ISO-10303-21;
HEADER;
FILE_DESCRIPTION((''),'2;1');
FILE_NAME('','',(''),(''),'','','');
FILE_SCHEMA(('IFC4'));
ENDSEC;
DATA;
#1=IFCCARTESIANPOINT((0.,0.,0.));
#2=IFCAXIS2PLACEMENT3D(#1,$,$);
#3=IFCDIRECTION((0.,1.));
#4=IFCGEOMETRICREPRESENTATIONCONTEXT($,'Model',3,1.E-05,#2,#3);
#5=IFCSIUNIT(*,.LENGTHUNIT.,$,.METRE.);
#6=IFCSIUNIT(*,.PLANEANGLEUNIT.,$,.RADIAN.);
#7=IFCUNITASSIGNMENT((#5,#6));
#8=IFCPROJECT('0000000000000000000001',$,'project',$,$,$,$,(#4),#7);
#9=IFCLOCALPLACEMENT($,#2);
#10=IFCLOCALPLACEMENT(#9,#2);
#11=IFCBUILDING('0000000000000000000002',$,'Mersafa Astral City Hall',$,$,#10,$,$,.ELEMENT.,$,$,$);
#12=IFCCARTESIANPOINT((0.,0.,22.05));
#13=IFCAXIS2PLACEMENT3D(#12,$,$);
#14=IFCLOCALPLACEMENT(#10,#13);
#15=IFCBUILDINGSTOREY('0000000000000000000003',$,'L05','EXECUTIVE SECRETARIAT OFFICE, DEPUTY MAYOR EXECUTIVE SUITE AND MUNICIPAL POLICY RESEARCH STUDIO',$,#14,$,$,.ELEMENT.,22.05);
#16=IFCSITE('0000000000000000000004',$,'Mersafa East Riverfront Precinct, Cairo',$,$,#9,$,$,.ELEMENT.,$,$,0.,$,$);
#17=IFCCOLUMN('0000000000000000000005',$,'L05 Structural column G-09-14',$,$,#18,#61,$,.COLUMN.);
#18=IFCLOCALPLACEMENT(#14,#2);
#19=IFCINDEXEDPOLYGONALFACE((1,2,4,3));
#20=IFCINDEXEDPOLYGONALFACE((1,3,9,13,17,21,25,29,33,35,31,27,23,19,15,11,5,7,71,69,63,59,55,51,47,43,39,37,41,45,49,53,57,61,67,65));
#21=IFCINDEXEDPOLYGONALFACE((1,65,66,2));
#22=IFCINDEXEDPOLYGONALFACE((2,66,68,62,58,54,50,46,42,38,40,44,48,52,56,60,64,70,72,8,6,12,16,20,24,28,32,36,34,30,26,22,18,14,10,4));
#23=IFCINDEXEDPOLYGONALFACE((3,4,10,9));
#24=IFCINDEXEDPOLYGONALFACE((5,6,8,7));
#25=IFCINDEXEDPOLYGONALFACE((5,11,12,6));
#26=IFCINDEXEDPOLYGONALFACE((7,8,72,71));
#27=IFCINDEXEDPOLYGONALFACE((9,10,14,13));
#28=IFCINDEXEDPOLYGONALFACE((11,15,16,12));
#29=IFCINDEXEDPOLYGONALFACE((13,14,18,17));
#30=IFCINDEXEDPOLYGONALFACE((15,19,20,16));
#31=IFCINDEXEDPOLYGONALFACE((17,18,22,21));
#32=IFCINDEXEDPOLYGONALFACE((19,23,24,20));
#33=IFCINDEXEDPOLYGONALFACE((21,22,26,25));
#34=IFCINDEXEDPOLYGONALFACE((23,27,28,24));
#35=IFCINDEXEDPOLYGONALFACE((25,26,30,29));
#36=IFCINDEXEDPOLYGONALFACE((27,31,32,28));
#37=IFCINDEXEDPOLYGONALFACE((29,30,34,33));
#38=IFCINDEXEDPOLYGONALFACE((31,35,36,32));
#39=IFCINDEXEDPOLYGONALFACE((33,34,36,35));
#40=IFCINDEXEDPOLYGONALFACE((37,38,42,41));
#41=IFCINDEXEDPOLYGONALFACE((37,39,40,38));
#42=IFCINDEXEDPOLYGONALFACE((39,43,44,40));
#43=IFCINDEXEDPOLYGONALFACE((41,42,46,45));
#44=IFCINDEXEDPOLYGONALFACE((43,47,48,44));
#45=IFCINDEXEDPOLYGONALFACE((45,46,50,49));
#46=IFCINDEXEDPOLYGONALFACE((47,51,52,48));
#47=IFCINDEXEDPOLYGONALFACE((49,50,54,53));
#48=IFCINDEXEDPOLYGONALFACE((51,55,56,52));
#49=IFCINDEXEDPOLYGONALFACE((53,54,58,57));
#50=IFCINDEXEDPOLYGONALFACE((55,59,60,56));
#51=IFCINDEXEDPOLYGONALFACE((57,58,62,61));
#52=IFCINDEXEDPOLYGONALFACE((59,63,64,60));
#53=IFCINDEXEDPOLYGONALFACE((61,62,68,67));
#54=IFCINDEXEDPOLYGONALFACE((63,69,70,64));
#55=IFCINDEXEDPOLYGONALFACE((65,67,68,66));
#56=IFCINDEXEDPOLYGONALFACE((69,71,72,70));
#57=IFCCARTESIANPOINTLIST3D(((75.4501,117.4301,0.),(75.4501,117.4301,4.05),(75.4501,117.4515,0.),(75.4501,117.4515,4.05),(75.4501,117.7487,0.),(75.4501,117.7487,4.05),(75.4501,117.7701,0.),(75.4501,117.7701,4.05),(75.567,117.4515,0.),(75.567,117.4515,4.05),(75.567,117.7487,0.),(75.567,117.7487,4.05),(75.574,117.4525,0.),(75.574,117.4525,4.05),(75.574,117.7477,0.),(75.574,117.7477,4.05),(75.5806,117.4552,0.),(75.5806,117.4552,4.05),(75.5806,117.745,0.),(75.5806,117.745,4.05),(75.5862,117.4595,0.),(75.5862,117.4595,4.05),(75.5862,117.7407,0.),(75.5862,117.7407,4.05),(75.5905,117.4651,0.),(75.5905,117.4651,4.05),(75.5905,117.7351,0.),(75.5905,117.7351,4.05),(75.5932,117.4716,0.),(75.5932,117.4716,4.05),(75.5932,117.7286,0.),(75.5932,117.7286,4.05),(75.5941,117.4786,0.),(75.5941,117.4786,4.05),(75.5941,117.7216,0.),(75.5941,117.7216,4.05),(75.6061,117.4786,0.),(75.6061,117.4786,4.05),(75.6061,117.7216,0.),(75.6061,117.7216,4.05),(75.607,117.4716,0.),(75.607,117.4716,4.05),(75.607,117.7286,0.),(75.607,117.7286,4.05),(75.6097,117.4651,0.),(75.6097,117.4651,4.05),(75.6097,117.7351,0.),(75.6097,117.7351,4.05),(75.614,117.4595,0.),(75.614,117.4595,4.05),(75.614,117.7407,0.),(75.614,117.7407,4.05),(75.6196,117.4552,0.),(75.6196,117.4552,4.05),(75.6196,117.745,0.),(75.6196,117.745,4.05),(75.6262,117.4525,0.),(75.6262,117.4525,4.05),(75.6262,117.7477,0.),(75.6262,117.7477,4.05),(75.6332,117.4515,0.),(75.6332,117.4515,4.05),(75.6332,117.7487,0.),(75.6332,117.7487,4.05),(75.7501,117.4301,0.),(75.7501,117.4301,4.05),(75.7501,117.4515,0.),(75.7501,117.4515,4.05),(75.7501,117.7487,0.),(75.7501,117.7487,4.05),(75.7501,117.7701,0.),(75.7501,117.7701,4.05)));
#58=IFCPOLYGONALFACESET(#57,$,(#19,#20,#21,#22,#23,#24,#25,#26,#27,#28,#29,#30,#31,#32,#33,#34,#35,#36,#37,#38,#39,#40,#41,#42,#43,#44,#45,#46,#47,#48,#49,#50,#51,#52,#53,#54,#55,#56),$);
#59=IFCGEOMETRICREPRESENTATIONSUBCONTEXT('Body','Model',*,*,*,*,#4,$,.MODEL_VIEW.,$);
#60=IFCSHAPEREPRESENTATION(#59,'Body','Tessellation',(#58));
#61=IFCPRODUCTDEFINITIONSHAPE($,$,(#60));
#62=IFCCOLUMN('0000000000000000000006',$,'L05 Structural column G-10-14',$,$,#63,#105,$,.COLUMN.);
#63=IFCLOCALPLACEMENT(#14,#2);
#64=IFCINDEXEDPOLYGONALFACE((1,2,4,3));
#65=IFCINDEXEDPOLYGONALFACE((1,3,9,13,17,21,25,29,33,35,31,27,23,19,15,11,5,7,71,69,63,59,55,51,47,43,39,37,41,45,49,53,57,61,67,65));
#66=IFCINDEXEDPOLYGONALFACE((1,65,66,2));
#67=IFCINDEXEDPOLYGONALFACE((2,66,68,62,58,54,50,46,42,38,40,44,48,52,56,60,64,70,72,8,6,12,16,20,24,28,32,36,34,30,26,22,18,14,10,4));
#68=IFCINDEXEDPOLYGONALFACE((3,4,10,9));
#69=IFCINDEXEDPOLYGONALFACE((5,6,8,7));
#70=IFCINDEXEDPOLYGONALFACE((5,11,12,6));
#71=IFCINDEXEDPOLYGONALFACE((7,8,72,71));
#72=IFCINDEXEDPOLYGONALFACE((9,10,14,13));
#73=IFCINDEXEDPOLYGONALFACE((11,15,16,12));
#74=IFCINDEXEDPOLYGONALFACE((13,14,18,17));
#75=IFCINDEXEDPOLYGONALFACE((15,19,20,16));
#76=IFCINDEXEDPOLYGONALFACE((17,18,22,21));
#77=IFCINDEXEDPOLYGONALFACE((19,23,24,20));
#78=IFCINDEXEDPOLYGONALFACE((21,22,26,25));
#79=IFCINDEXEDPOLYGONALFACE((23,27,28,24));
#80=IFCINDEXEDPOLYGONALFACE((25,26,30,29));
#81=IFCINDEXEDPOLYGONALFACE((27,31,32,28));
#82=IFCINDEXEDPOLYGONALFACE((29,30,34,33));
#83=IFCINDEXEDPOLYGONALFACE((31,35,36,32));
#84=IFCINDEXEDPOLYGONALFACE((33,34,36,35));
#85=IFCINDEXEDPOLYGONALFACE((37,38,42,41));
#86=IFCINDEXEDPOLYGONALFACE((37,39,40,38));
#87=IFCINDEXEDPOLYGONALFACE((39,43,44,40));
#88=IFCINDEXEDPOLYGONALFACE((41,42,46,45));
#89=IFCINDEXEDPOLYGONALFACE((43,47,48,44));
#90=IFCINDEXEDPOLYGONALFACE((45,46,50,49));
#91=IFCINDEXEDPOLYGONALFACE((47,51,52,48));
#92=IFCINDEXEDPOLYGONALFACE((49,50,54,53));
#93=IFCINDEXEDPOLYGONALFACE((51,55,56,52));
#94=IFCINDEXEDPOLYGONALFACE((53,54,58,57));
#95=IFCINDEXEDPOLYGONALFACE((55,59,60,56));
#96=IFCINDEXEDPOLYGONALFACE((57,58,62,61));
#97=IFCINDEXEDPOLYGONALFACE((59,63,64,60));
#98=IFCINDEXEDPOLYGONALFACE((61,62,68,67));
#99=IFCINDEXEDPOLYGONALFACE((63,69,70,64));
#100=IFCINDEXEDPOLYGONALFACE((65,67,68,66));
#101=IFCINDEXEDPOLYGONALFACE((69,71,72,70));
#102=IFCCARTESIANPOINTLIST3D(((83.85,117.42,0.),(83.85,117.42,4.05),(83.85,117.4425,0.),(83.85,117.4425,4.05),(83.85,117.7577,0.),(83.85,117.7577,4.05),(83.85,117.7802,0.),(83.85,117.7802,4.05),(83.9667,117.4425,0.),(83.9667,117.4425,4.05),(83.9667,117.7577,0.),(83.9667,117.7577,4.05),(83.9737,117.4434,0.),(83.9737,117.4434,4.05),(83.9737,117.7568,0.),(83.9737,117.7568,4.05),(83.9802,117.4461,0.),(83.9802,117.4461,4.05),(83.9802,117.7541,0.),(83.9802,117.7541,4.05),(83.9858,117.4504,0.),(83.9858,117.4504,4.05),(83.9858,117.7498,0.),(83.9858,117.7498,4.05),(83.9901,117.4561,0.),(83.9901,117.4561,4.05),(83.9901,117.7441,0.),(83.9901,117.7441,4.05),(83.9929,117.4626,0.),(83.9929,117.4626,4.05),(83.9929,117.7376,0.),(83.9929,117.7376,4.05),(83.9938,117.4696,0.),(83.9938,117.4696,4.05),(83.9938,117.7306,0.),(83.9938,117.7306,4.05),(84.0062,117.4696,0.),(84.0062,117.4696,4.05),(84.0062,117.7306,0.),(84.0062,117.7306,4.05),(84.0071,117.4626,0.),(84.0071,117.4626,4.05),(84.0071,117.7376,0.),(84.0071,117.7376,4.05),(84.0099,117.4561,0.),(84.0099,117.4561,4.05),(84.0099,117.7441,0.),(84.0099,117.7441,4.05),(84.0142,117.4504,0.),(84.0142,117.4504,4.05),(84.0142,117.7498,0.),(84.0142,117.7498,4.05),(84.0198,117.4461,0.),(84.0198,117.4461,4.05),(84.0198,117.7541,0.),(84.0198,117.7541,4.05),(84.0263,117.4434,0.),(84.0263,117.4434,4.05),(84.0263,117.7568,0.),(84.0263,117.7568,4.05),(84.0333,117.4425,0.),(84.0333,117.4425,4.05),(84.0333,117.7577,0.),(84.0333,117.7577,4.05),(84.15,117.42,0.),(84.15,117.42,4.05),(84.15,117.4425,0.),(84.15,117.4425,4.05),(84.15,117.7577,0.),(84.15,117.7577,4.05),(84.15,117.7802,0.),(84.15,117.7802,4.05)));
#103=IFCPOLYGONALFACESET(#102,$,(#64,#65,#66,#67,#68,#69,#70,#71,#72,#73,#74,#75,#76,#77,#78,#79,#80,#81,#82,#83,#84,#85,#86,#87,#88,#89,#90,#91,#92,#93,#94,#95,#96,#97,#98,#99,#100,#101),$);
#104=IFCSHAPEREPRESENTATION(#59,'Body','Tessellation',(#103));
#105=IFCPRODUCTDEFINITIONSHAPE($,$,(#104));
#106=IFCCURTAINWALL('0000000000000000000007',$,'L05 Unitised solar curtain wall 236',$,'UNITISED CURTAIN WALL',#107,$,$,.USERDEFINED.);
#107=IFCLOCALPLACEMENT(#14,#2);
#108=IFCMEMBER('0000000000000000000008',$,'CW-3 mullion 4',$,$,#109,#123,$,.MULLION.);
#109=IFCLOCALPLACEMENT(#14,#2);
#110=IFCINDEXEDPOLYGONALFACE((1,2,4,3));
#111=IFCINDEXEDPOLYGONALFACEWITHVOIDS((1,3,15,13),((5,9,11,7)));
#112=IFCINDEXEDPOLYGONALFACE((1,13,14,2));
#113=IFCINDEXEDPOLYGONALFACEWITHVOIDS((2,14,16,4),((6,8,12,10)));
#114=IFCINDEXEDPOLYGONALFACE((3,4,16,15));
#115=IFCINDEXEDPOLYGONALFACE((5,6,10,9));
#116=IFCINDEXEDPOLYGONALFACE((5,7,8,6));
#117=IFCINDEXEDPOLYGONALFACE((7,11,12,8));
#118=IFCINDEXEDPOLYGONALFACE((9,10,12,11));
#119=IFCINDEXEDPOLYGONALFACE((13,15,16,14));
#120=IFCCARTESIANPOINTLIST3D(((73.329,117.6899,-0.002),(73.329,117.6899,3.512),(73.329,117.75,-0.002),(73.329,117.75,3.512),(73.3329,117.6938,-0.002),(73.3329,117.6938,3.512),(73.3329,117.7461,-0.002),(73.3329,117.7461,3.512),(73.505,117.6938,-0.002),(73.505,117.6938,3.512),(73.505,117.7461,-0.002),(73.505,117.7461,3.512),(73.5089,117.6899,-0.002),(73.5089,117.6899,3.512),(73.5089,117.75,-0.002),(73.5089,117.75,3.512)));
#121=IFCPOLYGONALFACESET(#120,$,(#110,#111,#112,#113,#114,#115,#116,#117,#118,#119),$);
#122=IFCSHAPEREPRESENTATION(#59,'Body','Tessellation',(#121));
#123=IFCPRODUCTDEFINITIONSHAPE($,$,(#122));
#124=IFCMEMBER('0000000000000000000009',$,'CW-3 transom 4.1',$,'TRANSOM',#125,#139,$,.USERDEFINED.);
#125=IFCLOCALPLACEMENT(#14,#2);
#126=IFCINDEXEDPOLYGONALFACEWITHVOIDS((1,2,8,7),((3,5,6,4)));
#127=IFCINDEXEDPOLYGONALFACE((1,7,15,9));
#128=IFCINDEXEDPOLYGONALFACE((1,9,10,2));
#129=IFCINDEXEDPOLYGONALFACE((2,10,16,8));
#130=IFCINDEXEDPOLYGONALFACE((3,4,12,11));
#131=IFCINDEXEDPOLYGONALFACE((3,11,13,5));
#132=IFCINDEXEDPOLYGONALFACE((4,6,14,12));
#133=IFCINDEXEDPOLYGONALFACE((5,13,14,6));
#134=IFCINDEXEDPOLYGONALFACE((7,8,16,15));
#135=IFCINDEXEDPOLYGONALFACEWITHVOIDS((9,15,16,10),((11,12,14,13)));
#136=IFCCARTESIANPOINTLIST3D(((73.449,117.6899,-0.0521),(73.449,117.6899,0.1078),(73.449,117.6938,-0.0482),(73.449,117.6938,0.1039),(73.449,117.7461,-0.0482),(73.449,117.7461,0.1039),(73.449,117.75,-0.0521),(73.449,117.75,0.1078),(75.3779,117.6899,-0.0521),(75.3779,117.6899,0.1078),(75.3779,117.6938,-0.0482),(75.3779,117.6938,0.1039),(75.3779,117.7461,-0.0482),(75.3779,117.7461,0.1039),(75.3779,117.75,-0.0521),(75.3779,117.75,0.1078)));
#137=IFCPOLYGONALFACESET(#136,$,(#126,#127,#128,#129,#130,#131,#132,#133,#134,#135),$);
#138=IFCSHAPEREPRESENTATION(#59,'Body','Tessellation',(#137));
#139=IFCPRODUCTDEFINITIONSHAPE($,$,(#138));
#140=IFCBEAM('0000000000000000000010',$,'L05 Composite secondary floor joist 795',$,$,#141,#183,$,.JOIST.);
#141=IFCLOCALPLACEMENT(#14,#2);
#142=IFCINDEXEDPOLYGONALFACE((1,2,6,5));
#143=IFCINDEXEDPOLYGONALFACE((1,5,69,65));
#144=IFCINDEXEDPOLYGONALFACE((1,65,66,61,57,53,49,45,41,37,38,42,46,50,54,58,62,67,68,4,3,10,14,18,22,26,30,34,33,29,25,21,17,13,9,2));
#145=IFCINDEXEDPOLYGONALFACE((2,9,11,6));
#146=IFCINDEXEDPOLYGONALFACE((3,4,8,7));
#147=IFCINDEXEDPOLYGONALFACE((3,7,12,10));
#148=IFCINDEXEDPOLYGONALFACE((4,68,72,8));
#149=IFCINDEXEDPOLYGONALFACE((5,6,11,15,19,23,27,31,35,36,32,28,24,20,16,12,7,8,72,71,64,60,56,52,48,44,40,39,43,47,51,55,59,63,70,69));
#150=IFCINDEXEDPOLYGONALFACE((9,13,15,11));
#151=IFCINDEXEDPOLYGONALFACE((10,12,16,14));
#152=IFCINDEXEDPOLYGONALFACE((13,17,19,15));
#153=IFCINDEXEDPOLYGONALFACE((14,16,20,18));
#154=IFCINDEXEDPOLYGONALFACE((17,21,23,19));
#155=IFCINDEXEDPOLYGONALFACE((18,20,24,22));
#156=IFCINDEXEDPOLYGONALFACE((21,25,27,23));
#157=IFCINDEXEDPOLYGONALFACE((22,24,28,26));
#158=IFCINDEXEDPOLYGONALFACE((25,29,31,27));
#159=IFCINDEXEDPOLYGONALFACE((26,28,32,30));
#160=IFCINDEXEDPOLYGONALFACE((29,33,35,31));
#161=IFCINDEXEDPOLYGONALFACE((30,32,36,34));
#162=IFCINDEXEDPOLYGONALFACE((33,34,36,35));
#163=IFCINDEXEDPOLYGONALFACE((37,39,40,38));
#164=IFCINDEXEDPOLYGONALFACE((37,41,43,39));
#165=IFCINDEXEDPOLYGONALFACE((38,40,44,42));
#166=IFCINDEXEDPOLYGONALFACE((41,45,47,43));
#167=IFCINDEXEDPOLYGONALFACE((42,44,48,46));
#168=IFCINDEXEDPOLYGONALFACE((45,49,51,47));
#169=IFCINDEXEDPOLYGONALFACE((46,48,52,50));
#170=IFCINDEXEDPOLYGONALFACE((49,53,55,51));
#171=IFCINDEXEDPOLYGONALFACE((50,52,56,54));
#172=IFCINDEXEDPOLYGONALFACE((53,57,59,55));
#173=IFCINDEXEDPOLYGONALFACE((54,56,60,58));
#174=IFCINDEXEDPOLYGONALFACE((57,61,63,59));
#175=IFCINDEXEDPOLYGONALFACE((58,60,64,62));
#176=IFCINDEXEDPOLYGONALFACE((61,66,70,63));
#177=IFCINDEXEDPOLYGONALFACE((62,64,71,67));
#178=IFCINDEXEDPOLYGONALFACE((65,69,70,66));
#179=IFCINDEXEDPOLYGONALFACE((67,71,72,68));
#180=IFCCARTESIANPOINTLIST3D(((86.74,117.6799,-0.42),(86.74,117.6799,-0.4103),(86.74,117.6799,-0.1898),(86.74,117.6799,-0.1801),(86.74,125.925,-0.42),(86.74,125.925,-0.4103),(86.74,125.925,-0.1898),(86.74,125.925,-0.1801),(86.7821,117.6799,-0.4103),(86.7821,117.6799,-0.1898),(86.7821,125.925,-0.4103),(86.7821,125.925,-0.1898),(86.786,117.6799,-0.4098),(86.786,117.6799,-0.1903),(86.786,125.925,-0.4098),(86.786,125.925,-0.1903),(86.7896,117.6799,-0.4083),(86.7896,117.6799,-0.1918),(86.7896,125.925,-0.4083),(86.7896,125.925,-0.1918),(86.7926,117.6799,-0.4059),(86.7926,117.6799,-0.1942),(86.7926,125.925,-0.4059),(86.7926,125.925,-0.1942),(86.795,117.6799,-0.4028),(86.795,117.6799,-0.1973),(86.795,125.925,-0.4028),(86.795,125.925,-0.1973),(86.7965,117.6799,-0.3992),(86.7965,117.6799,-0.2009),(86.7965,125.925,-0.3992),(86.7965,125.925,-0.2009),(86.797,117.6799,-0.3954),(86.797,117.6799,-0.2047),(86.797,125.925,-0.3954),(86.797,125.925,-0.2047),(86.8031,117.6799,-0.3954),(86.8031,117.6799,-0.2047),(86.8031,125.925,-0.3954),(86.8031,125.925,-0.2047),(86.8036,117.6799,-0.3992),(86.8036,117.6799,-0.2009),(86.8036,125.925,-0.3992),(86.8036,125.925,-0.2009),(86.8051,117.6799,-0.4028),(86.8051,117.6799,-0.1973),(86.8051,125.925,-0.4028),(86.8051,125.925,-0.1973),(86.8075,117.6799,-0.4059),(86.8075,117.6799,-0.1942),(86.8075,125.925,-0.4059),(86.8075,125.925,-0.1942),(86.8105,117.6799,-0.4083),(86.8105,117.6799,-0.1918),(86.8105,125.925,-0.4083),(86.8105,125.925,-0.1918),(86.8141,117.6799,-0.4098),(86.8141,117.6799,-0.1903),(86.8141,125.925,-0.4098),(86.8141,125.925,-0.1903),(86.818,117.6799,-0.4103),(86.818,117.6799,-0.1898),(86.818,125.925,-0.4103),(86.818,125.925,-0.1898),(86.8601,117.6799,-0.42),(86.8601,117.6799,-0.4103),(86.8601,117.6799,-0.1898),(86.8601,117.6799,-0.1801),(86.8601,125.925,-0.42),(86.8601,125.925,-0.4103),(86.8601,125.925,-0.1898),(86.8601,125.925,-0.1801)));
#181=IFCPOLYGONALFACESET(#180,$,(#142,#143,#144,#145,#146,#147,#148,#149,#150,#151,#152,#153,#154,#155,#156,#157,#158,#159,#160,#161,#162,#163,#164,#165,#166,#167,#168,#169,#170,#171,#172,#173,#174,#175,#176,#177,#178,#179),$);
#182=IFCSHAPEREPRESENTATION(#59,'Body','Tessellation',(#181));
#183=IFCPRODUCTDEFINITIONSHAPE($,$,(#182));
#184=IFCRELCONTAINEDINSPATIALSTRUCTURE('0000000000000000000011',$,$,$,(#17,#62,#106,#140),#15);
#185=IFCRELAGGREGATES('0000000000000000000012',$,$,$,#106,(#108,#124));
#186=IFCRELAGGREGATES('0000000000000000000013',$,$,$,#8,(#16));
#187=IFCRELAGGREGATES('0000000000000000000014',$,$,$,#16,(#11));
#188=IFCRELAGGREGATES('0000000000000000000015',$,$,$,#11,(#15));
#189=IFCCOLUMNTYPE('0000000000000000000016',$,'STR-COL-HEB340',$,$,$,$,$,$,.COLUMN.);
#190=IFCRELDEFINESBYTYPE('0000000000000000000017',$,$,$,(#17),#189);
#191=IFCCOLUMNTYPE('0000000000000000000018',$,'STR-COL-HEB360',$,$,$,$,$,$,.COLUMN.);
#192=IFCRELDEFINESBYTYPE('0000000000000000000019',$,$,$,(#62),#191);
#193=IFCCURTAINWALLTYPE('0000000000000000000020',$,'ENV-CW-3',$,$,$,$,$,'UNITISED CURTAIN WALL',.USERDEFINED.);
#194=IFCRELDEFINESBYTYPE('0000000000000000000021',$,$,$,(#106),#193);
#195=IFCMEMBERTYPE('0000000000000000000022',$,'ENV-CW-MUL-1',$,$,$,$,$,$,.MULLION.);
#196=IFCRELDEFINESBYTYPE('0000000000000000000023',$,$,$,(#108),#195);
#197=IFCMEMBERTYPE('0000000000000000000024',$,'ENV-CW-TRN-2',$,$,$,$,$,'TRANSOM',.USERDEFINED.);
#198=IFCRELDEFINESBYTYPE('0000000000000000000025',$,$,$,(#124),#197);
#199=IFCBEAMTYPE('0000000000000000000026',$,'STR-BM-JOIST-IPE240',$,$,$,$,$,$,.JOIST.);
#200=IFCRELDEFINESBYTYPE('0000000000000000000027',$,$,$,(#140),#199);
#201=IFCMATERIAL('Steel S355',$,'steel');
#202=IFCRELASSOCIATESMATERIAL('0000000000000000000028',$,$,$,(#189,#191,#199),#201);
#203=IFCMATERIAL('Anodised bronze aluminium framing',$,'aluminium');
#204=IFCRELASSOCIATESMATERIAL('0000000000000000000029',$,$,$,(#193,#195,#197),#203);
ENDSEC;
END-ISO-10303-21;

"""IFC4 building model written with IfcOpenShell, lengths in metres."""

from ifc_helpers import new_model, si_unit, direction, frame, origin, origin_2d, place, context, subcontext, project, spatial, hollow_rectangle, i_section, extrude, material, material_profile, profile_set, type_object, element, aggregate, save


model = new_model("IFC4")

# Units and contexts
model_context = context("Model", 3, precision=1e-05, world=origin(), true_north=direction((0.0, 1.0)))
body_context = subcontext(model_context, "Body", "Model", "MODEL_VIEW")
ifc_project = project(units=[si_unit("LENGTHUNIT", "METRE"), si_unit("PLANEANGLEUNIT", "RADIAN")], contexts=[model_context])

# Site, building, storey
site_placement = place(None, origin())
site = spatial("IfcSite", under=ifc_project, at=site_placement, Name="Mersafa East Riverfront Precinct, Cairo", CompositionType="ELEMENT", RefElevation=0.0)
building_placement = place(site_placement, origin())
building = spatial("IfcBuilding", under=site, at=building_placement, Name="Mersafa Astral City Hall", CompositionType="ELEMENT")
storey_placement = place(building_placement, frame((0.0, 0.0, 22.05)))
storey = spatial("IfcBuildingStorey", under=building, at=storey_placement, Name="L05", Description="EXECUTIVE SECRETARIAT OFFICE, DEPUTY MAYOR EXECUTIVE SUITE AND MUNICIPAL POLICY RESEARCH STUDIO", CompositionType="ELEMENT", Elevation=22.05)

# Columns
ifc_material_1 = material(Name="Steel S355", Category="steel")
ifc_material_profile_1 = material_profile(ifc_material_1, i_section(OverallWidth=0.3, OverallDepth=0.3401, WebThickness=0.012, FlangeThickness=0.0215, FilletRadius=0.0271, at=origin_2d()), Name="HEB 340")
ifc_profile_set_1 = profile_set([ifc_material_profile_1], Name="Steel S355")
column_type_1 = type_object("IfcColumnType", Name="STR-COL-HEB340", PredefinedType="COLUMN", material=ifc_profile_set_1)
column_1_placement = place(storey_placement, frame((75.6001, 117.6001, 0.0), z_axis=(0.0, 0.0, 1.0), x_axis=(1.0, 0.0, 0.0)))
element("IfcColumn", 1, at=column_1_placement, inside=storey, type_object=column_type_1, Name="L05 Structural column G-09-14", PredefinedType="COLUMN", context=body_context, shape_type="SweptSolid", body=[
    extrude(i_section(OverallWidth=0.3, OverallDepth=0.3401, WebThickness=0.012, FlangeThickness=0.0215, FilletRadius=0.0271, at=origin_2d()), origin(), (0.0, 0.0, 1.0), 4.05),
])
ifc_material_profile_2 = material_profile(ifc_material_1, i_section(OverallWidth=0.3, OverallDepth=0.3601, WebThickness=0.0125, FlangeThickness=0.0225, FilletRadius=0.0271, at=origin_2d()), Name="HEB 360")
ifc_profile_set_2 = profile_set([ifc_material_profile_2], Name="Steel S355")
column_type_2 = type_object("IfcColumnType", Name="STR-COL-HEB360", PredefinedType="COLUMN", material=ifc_profile_set_2)
column_2_placement = place(storey_placement, frame((84.0, 117.6001, 0.0), z_axis=(0.0, 0.0, 1.0), x_axis=(1.0, 0.0, 0.0)))
element("IfcColumn", 2, at=column_2_placement, inside=storey, type_object=column_type_2, Name="L05 Structural column G-10-14", PredefinedType="COLUMN", context=body_context, shape_type="SweptSolid", body=[
    extrude(i_section(OverallWidth=0.3, OverallDepth=0.3601, WebThickness=0.0125, FlangeThickness=0.0225, FilletRadius=0.0271, at=origin_2d()), origin(), (0.0, 0.0, 1.0), 4.05),
])

# Curtain wall, members
ifc_material_2 = material(Name="Anodised bronze aluminium framing", Category="aluminium")
curtain_wall_type = type_object("IfcCurtainWallType", Name="ENV-CW-3", ElementType="UNITISED CURTAIN WALL", PredefinedType="USERDEFINED", material=ifc_material_2)
curtain_wall_placement = place(storey_placement, origin())
curtain_wall = element("IfcCurtainWall", 3, at=curtain_wall_placement, inside=storey, type_object=curtain_wall_type, Name="L05 Unitised solar curtain wall 236", ObjectType="UNITISED CURTAIN WALL", PredefinedType="USERDEFINED")
ifc_material_profile_3 = material_profile(ifc_material_2, hollow_rectangle(XDim=0.0601, YDim=0.1799, WallThickness=0.0039, at=origin_2d()), Name="RHS 60x180x4")
ifc_profile_set_3 = profile_set([ifc_material_profile_3], Name="Anodised bronze aluminium framing")
member_type_1 = type_object("IfcMemberType", Name="ENV-CW-MUL-1", PredefinedType="MULLION", material=ifc_profile_set_3)
member_1_placement = place(storey_placement, frame((73.4189, 117.72, -0.002), z_axis=(0.0, 0.0, 1.0), x_axis=(0.0, 1.0, 0.0)))
member_1 = element("IfcMember", 4, at=member_1_placement, type_object=member_type_1, Name="CW-3 mullion 4", PredefinedType="MULLION", context=body_context, shape_type="SweptSolid", body=[
    extrude(hollow_rectangle(XDim=0.0601, YDim=0.1799, WallThickness=0.0039, at=origin_2d()), origin(), (0.0, 0.0, 1.0), 3.5139),
])
ifc_material_profile_4 = material_profile(ifc_material_2, hollow_rectangle(XDim=0.0601, YDim=0.1599, WallThickness=0.0039, at=origin_2d()), Name="RHS 60x160x4")
ifc_profile_set_4 = profile_set([ifc_material_profile_4], Name="Anodised bronze aluminium framing")
member_type_2 = type_object("IfcMemberType", Name="ENV-CW-TRN-2", ElementType="TRANSOM", PredefinedType="USERDEFINED", material=ifc_profile_set_4)
member_2_placement = place(storey_placement, frame((73.449, 117.72, 0.0278), z_axis=(1.0, 0.0, 0.0), x_axis=(0.0, 1.0, 0.0)))
member_2 = element("IfcMember", 5, at=member_2_placement, type_object=member_type_2, Name="CW-3 transom 4.1", ObjectType="TRANSOM", PredefinedType="USERDEFINED", context=body_context, shape_type="SweptSolid", body=[
    extrude(hollow_rectangle(XDim=0.0601, YDim=0.1599, WallThickness=0.0039, at=origin_2d()), origin(), (0.0, 0.0, 1.0), 1.929),
])

# Beam
ifc_material_profile_5 = material_profile(ifc_material_1, i_section(OverallWidth=0.1201, OverallDepth=0.24, WebThickness=0.0061, FlangeThickness=0.0098, FilletRadius=0.0149, at=origin_2d()), Name="IPE 240")
ifc_profile_set_5 = profile_set([ifc_material_profile_5], Name="Steel S355")
beam_type_1 = type_object("IfcBeamType", Name="STR-BM-JOIST-IPE240", PredefinedType="JOIST", material=ifc_profile_set_5)
for number, where, z_axis, x_axis, name in (
    (6, (86.8, 117.6799, -0.3), (0.0, 1.0, 0.0), (-1.0, 0.0, 0.0), "L05 Composite secondary floor joist 795"),
):
    element("IfcBeam", number, at=place(storey_placement, frame(where, z_axis=z_axis, x_axis=x_axis)), inside=storey, type_object=beam_type_1, Name=name, PredefinedType="JOIST", context=body_context, shape_type="SweptSolid", body=[
        extrude(i_section(OverallWidth=0.1201, OverallDepth=0.24, WebThickness=0.0061, FlangeThickness=0.0098, FilletRadius=0.0149, at=origin_2d()), origin(), (0.0, 0.0, 1.0), 8.2451),
    ])

aggregate(curtain_wall, [member_1, member_2])

save(model, "model.ifc")
